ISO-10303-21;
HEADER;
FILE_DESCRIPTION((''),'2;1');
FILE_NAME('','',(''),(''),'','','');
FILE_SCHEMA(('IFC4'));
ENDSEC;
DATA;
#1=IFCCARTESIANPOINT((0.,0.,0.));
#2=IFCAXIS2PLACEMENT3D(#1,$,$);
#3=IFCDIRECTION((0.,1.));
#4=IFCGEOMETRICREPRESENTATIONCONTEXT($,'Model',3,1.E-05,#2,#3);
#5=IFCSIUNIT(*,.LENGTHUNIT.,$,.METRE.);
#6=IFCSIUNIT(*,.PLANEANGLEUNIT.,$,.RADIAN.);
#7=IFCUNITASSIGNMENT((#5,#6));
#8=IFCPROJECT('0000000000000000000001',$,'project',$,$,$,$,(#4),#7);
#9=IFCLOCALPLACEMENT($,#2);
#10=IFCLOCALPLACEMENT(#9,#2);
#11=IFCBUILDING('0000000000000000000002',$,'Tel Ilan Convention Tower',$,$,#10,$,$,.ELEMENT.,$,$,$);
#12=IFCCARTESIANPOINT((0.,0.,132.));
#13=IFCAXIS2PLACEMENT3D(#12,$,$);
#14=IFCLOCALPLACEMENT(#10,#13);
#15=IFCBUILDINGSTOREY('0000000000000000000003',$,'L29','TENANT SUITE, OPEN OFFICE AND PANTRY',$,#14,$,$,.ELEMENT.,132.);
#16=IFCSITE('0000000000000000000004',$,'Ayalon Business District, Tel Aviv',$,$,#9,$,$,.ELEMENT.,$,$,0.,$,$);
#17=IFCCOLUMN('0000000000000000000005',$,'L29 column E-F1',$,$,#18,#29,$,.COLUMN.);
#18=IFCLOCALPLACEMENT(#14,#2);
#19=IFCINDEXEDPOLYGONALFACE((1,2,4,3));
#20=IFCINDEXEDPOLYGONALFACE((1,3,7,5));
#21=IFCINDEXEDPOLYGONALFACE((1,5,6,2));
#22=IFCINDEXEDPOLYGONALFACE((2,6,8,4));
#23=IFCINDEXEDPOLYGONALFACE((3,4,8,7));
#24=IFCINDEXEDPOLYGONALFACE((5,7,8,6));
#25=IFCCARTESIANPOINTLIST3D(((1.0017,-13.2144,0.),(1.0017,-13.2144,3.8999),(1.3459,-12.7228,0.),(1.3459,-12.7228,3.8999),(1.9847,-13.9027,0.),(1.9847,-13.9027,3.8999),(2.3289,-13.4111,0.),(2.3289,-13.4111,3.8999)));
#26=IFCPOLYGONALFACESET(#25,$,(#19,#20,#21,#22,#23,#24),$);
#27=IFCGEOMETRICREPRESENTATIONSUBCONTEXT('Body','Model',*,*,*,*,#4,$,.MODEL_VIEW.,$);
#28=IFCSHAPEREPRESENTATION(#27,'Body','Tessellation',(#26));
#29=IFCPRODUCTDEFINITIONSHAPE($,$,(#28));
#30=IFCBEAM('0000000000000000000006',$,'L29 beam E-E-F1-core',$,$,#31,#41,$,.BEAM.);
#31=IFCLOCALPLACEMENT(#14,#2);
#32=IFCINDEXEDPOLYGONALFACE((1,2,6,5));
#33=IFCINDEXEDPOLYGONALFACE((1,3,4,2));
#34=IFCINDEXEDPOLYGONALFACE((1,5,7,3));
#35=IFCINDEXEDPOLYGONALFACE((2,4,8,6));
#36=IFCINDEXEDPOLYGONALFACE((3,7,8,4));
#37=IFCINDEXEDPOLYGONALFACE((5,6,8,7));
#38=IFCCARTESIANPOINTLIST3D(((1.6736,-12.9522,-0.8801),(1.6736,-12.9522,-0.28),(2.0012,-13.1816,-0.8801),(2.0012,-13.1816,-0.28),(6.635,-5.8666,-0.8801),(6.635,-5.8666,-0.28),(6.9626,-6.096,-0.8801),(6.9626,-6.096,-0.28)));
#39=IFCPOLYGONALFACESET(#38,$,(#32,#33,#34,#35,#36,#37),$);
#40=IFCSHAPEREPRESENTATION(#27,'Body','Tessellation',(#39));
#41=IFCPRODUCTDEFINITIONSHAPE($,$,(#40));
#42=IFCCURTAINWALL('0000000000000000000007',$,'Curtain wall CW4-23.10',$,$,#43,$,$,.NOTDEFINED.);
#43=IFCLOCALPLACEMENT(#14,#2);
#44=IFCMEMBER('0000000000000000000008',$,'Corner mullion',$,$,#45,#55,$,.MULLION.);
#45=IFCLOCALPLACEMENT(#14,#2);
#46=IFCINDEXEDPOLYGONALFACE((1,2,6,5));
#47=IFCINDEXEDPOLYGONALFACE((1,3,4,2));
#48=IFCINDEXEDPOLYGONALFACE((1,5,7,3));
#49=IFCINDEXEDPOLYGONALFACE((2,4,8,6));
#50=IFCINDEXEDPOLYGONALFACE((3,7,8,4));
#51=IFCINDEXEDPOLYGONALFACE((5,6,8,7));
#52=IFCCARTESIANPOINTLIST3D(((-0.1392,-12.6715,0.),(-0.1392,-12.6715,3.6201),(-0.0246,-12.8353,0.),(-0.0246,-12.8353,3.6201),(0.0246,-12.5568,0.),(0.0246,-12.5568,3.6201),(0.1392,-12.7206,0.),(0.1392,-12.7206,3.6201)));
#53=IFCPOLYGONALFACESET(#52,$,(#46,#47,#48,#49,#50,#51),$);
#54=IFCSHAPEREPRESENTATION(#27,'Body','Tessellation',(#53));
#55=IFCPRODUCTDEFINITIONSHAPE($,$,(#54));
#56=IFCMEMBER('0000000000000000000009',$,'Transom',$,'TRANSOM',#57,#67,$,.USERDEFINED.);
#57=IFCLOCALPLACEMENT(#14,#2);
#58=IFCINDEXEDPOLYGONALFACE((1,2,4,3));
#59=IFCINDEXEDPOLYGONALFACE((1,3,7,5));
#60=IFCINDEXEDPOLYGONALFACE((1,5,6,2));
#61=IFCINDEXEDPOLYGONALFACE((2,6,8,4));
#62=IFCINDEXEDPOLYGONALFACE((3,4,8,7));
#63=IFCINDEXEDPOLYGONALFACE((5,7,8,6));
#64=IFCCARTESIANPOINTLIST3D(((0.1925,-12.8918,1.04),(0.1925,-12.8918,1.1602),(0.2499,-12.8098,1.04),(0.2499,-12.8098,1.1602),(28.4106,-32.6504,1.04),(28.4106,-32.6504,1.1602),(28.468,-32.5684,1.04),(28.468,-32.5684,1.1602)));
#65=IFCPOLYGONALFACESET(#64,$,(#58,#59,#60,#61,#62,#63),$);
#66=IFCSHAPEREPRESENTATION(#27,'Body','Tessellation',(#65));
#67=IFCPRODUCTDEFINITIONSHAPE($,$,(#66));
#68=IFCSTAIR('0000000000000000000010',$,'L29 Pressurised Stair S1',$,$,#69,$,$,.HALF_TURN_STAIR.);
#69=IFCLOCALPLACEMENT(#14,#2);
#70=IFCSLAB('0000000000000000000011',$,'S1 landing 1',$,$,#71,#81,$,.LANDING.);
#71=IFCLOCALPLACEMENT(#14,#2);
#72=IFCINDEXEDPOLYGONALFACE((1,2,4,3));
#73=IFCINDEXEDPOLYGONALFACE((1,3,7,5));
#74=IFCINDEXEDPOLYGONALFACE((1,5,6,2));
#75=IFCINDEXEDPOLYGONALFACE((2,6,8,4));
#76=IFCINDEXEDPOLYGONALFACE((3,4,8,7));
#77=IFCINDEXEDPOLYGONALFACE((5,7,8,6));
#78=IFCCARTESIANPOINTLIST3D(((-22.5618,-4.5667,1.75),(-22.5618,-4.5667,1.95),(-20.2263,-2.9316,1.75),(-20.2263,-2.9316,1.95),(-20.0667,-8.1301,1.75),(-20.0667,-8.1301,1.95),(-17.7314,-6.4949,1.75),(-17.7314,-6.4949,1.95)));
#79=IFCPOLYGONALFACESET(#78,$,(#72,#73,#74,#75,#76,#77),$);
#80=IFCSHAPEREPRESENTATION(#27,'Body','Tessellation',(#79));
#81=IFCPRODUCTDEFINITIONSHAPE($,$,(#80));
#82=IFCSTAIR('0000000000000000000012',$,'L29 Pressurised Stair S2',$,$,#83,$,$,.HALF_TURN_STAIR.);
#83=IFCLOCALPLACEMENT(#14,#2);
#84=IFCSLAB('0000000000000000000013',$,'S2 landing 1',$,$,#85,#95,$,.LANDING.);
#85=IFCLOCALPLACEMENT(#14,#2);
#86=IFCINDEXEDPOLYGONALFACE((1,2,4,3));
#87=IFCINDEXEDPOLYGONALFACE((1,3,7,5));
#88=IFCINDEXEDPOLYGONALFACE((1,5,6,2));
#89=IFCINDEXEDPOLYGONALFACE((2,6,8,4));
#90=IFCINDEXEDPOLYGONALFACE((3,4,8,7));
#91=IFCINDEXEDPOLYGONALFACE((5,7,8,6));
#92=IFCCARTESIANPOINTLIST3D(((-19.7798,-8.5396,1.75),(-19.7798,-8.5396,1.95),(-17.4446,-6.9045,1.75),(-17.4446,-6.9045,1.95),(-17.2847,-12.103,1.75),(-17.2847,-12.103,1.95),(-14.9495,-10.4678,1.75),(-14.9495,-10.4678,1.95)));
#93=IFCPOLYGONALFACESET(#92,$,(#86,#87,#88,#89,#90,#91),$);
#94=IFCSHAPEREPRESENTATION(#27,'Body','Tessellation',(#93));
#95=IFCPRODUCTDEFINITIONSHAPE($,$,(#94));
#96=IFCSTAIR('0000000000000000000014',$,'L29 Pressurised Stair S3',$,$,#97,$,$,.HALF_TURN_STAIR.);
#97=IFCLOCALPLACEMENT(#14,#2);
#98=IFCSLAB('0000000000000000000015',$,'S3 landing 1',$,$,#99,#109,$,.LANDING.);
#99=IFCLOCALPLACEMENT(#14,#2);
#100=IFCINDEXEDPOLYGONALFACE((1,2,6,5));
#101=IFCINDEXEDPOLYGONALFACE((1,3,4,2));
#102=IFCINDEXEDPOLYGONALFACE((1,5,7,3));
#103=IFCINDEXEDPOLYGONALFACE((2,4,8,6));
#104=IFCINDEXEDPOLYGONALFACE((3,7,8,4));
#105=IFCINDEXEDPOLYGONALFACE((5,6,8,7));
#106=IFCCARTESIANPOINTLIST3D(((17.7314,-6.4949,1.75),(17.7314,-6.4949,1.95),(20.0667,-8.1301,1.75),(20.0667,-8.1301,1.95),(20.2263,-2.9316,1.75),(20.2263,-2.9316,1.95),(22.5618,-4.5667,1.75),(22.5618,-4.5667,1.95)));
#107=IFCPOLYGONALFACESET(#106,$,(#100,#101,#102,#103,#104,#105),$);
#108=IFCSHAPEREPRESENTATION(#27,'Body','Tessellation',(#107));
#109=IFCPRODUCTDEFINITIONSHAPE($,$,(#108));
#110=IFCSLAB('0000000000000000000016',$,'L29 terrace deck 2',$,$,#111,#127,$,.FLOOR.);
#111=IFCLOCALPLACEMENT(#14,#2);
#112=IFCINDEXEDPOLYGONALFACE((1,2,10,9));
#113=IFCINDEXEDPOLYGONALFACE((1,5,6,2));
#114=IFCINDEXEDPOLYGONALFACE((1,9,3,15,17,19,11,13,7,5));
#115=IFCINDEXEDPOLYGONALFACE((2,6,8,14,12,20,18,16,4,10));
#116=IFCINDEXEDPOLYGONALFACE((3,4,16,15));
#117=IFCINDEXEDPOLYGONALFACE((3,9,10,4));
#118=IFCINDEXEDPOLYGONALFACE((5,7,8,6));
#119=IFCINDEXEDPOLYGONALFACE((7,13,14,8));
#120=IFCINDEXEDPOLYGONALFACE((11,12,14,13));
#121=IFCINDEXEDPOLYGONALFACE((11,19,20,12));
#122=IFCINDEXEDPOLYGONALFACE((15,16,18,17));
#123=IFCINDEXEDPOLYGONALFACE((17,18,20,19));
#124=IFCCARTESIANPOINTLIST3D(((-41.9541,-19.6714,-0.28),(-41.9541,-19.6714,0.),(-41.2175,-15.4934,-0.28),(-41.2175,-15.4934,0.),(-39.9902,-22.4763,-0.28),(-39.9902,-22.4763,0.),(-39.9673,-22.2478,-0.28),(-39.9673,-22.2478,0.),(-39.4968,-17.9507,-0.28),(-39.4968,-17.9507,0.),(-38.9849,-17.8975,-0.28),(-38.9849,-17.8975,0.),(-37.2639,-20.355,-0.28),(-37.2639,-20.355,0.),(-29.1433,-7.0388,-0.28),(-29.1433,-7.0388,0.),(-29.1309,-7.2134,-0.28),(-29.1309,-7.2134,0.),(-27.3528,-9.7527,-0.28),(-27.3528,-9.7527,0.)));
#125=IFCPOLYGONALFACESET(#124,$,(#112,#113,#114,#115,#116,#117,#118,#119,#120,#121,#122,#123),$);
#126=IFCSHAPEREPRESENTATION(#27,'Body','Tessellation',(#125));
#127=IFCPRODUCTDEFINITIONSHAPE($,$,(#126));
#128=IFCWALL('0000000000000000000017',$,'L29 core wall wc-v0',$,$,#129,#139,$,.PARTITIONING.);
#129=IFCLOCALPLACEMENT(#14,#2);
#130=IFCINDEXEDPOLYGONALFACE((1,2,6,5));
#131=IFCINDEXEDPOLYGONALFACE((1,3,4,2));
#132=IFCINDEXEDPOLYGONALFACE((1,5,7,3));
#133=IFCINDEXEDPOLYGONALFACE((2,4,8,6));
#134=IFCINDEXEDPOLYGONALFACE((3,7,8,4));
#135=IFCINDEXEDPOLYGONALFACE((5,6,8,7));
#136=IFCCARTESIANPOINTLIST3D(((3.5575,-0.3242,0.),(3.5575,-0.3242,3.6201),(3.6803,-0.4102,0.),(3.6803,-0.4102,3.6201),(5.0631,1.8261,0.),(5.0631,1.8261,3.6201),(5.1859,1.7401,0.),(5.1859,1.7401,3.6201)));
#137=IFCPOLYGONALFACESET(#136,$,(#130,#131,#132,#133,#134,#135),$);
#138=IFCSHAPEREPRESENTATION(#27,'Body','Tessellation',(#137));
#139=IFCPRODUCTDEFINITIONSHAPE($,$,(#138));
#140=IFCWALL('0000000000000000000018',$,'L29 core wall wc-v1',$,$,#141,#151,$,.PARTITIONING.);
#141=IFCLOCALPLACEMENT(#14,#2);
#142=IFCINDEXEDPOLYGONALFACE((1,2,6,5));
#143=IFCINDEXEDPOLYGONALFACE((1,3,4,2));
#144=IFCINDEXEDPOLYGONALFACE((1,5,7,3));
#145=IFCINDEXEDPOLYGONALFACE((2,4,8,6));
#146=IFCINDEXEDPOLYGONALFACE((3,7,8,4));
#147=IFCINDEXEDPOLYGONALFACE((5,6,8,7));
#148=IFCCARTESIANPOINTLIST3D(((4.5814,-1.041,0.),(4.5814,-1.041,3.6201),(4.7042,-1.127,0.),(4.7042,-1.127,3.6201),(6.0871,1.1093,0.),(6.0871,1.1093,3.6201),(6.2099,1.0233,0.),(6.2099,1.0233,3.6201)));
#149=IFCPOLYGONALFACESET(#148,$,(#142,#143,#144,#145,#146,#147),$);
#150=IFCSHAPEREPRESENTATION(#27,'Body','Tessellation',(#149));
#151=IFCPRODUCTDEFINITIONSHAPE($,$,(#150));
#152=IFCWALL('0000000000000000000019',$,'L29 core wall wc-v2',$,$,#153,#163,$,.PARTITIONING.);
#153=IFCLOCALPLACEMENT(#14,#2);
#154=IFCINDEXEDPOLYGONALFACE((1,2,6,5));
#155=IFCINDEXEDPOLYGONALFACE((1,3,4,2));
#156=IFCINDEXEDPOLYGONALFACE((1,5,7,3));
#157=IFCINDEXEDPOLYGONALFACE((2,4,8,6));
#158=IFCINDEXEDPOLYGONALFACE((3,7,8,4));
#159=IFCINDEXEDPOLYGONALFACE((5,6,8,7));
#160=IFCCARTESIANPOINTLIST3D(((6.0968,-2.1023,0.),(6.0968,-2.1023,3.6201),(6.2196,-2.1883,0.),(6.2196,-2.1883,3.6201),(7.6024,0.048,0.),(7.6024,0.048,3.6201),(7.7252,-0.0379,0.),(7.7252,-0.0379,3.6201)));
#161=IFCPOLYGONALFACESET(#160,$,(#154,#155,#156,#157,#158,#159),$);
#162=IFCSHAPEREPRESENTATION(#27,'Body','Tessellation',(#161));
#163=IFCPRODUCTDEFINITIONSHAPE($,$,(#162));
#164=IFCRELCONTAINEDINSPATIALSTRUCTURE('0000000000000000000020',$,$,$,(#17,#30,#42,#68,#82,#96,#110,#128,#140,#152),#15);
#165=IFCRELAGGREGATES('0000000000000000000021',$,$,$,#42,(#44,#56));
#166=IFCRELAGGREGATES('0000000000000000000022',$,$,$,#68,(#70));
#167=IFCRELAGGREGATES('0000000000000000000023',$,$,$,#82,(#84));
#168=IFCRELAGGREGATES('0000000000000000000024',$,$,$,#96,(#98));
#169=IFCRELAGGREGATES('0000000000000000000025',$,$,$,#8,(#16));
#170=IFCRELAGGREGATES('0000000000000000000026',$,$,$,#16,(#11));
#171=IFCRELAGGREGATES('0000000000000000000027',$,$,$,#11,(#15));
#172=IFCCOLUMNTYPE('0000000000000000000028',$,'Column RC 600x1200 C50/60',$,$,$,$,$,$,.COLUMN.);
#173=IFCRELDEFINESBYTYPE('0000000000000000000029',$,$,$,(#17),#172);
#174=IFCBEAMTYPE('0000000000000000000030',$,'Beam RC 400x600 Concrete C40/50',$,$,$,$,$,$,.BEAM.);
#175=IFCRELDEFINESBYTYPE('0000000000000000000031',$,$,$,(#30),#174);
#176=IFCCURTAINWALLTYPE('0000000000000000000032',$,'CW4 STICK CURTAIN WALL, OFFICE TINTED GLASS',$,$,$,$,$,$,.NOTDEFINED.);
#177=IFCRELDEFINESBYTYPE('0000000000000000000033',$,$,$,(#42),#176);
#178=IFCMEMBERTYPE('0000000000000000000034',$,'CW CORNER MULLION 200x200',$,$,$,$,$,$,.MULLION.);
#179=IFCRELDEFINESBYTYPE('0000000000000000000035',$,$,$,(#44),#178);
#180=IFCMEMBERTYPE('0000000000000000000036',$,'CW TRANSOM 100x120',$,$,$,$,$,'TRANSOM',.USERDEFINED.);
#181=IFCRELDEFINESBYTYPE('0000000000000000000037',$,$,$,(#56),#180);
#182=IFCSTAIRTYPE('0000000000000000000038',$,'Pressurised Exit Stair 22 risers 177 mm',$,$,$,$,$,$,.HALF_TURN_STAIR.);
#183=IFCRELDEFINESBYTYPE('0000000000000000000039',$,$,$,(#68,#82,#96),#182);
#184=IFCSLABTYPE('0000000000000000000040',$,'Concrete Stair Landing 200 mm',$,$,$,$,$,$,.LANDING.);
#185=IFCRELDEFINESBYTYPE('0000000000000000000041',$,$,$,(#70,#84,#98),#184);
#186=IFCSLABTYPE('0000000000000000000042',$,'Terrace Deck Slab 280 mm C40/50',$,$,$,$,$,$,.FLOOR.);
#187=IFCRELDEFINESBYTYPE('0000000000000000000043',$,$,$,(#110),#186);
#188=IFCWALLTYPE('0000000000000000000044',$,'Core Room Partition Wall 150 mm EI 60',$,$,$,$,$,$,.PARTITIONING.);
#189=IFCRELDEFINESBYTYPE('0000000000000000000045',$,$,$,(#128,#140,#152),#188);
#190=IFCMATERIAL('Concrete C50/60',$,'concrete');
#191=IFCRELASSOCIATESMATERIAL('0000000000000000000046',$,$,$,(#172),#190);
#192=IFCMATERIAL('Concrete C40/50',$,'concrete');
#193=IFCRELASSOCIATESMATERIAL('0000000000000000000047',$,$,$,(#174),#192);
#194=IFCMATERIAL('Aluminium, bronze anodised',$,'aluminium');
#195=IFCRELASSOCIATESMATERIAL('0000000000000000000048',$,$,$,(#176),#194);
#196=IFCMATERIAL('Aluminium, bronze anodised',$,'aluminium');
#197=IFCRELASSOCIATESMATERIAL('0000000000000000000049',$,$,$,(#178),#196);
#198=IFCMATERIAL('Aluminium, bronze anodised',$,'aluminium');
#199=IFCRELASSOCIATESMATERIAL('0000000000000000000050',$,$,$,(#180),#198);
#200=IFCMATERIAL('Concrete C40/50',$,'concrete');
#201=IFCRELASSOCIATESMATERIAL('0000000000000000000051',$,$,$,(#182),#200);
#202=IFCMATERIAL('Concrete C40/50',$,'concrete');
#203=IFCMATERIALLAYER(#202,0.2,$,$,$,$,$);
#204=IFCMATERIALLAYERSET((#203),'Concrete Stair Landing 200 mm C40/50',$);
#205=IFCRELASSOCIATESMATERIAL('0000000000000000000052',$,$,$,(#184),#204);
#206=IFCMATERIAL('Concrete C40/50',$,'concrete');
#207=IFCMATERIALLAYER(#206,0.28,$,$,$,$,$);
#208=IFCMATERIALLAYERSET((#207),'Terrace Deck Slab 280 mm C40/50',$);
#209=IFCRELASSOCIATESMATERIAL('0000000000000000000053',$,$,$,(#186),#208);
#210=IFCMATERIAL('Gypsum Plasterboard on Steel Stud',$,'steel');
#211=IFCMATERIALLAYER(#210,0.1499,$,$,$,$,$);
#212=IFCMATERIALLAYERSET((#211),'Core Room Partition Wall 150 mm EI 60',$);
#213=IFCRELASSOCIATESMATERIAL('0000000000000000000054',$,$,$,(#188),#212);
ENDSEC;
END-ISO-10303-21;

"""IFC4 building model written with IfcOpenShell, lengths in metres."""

from ifc_helpers import new_model, si_unit, direction, frame, frame_2d, origin, origin_2d, place, context, subcontext, project, spatial, polyline, rectangle, outline, extrude, material, layer, layer_set, material_profile, profile_set, type_object, element, aggregate, save


model = new_model("IFC4")

# Units and contexts
model_context = context("Model", 3, precision=1e-05, world=origin(), true_north=direction((0.0, 1.0)))
body_context = subcontext(model_context, "Body", "Model", "MODEL_VIEW")
ifc_project = project(units=[si_unit("LENGTHUNIT", "METRE"), si_unit("PLANEANGLEUNIT", "RADIAN")], contexts=[model_context])

# Site, building, storey
site_placement = place(None, origin())
site = spatial("IfcSite", under=ifc_project, at=site_placement, Name="Ayalon Business District, Tel Aviv", CompositionType="ELEMENT", RefElevation=0.0)
building_placement = place(site_placement, origin())
building = spatial("IfcBuilding", under=site, at=building_placement, Name="Tel Ilan Convention Tower", CompositionType="ELEMENT")
storey_placement = place(building_placement, frame((0.0, 0.0, 132.0)))
storey = spatial("IfcBuildingStorey", under=building, at=storey_placement, Name="L29", Description="TENANT SUITE, OPEN OFFICE AND PANTRY", CompositionType="ELEMENT", Elevation=132.0)

# Column
ifc_material_1 = material(Name="Concrete C50/60", Category="concrete")
ifc_material_profile_1 = material_profile(ifc_material_1, rectangle(XDim=1.2, YDim=0.6001, at=origin_2d()), Name="RC 600x1200")
ifc_profile_set_1 = profile_set([ifc_material_profile_1], Name="Concrete C50/60")
column_type = type_object("IfcColumnType", Name="Column RC 600x1200 C50/60", PredefinedType="COLUMN", material=ifc_profile_set_1)
column_placement = place(storey_placement, frame((1.6653, -13.3127, 0.0), z_axis=(0.0, 0.0, 1.0), x_axis=(0.819152, -0.573576, 0.0)))
element("IfcColumn", 1, at=column_placement, inside=storey, type_object=column_type, Name="L29 column E-F1", PredefinedType="COLUMN", context=body_context, shape_type="SweptSolid", body=[
    extrude(rectangle(XDim=1.2, YDim=0.6001, at=origin_2d()), origin(), (0.0, 0.0, 1.0), 3.8999),
])

# Beam
ifc_material_2 = material(Name="Concrete C40/50", Category="concrete")
ifc_material_profile_2 = material_profile(ifc_material_2, rectangle(XDim=0.3999, YDim=0.6001, at=origin_2d()), Name="RC 400x600")
ifc_profile_set_2 = profile_set([ifc_material_profile_2], Name="Concrete C40/50")
beam_type = type_object("IfcBeamType", Name="Beam RC 400x600 Concrete C40/50", PredefinedType="BEAM", material=ifc_profile_set_2)
beam_placement = place(storey_placement, frame((1.8374, -13.0669, -0.5801), z_axis=(0.573574, 0.819154, 0.0), x_axis=(-0.819154, 0.573574, 0.0)))
element("IfcBeam", 2, at=beam_placement, inside=storey, type_object=beam_type, Name="L29 beam E-E-F1-core", PredefinedType="BEAM", context=body_context, shape_type="SweptSolid", body=[
    extrude(rectangle(XDim=0.3999, YDim=0.6001, at=origin_2d()), origin(), (0.0, 0.0, 1.0), 8.6499),
])

# Curtain wall, members
ifc_material_3 = material(Name="Aluminium, bronze anodised", Category="aluminium")
curtain_wall_type = type_object("IfcCurtainWallType", Name="CW4 STICK CURTAIN WALL, OFFICE TINTED GLASS", PredefinedType="NOTDEFINED", material=ifc_material_3)
curtain_wall_placement = place(storey_placement, origin())
curtain_wall = element("IfcCurtainWall", 3, at=curtain_wall_placement, inside=storey, type_object=curtain_wall_type, Name="Curtain wall CW4-23.10", PredefinedType="NOTDEFINED")
ifc_material_4 = material(Name="Aluminium, bronze anodised", Category="aluminium")
ifc_material_profile_3 = material_profile(ifc_material_4, rectangle(XDim=0.2, YDim=0.2, at=origin_2d()), Name="CW CORNER MULLION 200x200")
ifc_profile_set_3 = profile_set([ifc_material_profile_3], Name="Aluminium, bronze anodised")
member_type_1 = type_object("IfcMemberType", Name="CW CORNER MULLION 200x200", PredefinedType="MULLION", material=ifc_profile_set_3)
member_1_placement = place(storey_placement, frame((0.0, -12.696, 0.0), z_axis=(0.0, 0.0, 1.0), x_axis=(0.819152, 0.573576, 0.0)))
member_1 = element("IfcMember", 4, at=member_1_placement, type_object=member_type_1, Name="Corner mullion", PredefinedType="MULLION", context=body_context, shape_type="SweptSolid", body=[
    extrude(rectangle(XDim=0.2, YDim=0.2, at=origin_2d()), origin(), (0.0, 0.0, 1.0), 3.6201),
])
ifc_material_5 = material(Name="Aluminium, bronze anodised", Category="aluminium")
ifc_material_profile_4 = material_profile(ifc_material_5, rectangle(XDim=0.1001, YDim=0.1201, at=origin_2d()), Name="CW TRANSOM 100x120")
ifc_profile_set_4 = profile_set([ifc_material_profile_4], Name="Aluminium, bronze anodised")
member_type_2 = type_object("IfcMemberType", Name="CW TRANSOM 100x120", ElementType="TRANSOM", PredefinedType="USERDEFINED", material=ifc_profile_set_4)
member_2_placement = place(storey_placement, frame((0.2212, -12.8508, 1.1001), z_axis=(0.819151, -0.573578, 0.0), x_axis=(0.573578, 0.819151, 0.0)))
member_2 = element("IfcMember", 5, at=member_2_placement, type_object=member_type_2, Name="Transom", ObjectType="TRANSOM", PredefinedType="USERDEFINED", context=body_context, shape_type="SweptSolid", body=[
    extrude(rectangle(XDim=0.1001, YDim=0.1201, at=origin_2d()), origin(), (0.0, 0.0, 1.0), 34.448),
])
aggregate(curtain_wall, [member_1, member_2])

# Stairs, slabs
ifc_material_6 = material(Name="Concrete C40/50", Category="concrete")
stair_type = type_object("IfcStairType", Name="Pressurised Exit Stair 22 risers 177 mm", PredefinedType="HALF_TURN_STAIR", material=ifc_material_6)
stair_1_placement = place(storey_placement, origin())
stair_1 = element("IfcStair", 6, at=stair_1_placement, inside=storey, type_object=stair_type, Name="L29 Pressurised Stair S1", PredefinedType="HALF_TURN_STAIR")
ifc_material_7 = material(Name="Concrete C40/50", Category="concrete")
ifc_layer_1 = layer(ifc_material_7, 0.2)
ifc_layer_set_1 = layer_set([ifc_layer_1], Name="Concrete Stair Landing 200 mm C40/50")
slab_type_1 = type_object("IfcSlabType", Name="Concrete Stair Landing 200 mm", PredefinedType="LANDING", material=ifc_layer_set_1)
slab_1_placement = place(storey_placement, frame((0.0, 0.0, 1.75)))
slab_1 = element("IfcSlab", 7, at=slab_1_placement, type_object=slab_type_1, Name="S1 landing 1", PredefinedType="LANDING", context=body_context, shape_type="SweptSolid", body=[
    extrude(outline(polyline([(-20.0667, -8.1301), (-17.7314, -6.4949), (-20.2263, -2.9316), (-22.5618, -4.5667), (-20.0667, -8.1301)])), origin(), (0.0, 0.0, 1.0), 0.2),
])
aggregate(stair_1, [slab_1])
stair_2_placement = place(storey_placement, origin())
stair_2 = element("IfcStair", 8, at=stair_2_placement, inside=storey, type_object=stair_type, Name="L29 Pressurised Stair S2", PredefinedType="HALF_TURN_STAIR")
slab_2_placement = place(storey_placement, frame((0.0, 0.0, 1.75)))
slab_2 = element("IfcSlab", 9, at=slab_2_placement, type_object=slab_type_1, Name="S2 landing 1", PredefinedType="LANDING", context=body_context, shape_type="SweptSolid", body=[
    extrude(outline(polyline([(-17.2847, -12.103), (-14.9495, -10.4678), (-17.4446, -6.9045), (-19.7798, -8.5396), (-17.2847, -12.103)])), origin(), (0.0, 0.0, 1.0), 0.2),
])
aggregate(stair_2, [slab_2])
stair_3_placement = place(storey_placement, origin())
stair_3 = element("IfcStair", 10, at=stair_3_placement, inside=storey, type_object=stair_type, Name="L29 Pressurised Stair S3", PredefinedType="HALF_TURN_STAIR")
slab_3_placement = place(storey_placement, frame((0.0, 0.0, 1.75)))
slab_3 = element("IfcSlab", 11, at=slab_3_placement, type_object=slab_type_1, Name="S3 landing 1", PredefinedType="LANDING", context=body_context, shape_type="SweptSolid", body=[
    extrude(outline(polyline([(22.5618, -4.5667), (20.2263, -2.9316), (17.7314, -6.4949), (20.0667, -8.1301), (22.5618, -4.5667)])), origin(), (0.0, 0.0, 1.0), 0.2),
])
aggregate(stair_3, [slab_3])

# Slab
ifc_material_8 = material(Name="Concrete C40/50", Category="concrete")
ifc_layer_2 = layer(ifc_material_8, 0.28)
ifc_layer_set_2 = layer_set([ifc_layer_2], Name="Terrace Deck Slab 280 mm C40/50")
slab_type_2 = type_object("IfcSlabType", Name="Terrace Deck Slab 280 mm C40/50", PredefinedType="FLOOR", material=ifc_layer_set_2)
slab_4_placement = place(storey_placement, frame((0.0, 0.0, -0.28)))
element("IfcSlab", 12, at=slab_4_placement, inside=storey, type_object=slab_type_2, Name="L29 terrace deck 2", PredefinedType="FLOOR", context=body_context, shape_type="SweptSolid", body=[
    extrude(outline(polyline([(-41.2175, -15.4934), (-29.1433, -7.0388), (-29.1309, -7.2134), (-27.3528, -9.7527), (-38.9849, -17.8975), (-37.2639, -20.355), (-39.9673, -22.2478), (-39.9902, -22.4763), (-41.9541, -19.6714), (-39.4968, -17.9507), (-41.2175, -15.4934)])), origin(), (0.0, 0.0, 1.0), 0.28),
])

# Walls
ifc_material_9 = material(Name="Gypsum Plasterboard on Steel Stud", Category="steel")
ifc_layer_3 = layer(ifc_material_9, 0.1499)
ifc_layer_set_3 = layer_set([ifc_layer_3], Name="Core Room Partition Wall 150 mm EI 60")
wall_type_1 = type_object("IfcWallType", Name="Core Room Partition Wall 150 mm EI 60", PredefinedType="PARTITIONING", material=ifc_layer_set_3)
for number, where, z_axis, x_axis, name in (
    (13, (3.6189, -0.3672, 0.0), (0.0, 0.0, 1.0), (0.57355, 0.819171, 0.0), "L29 core wall wc-v0"),
    (14, (4.6428, -1.084, 0.0), (0.0, 0.0, 1.0), (0.573593, 0.81914, 0.0), "L29 core wall wc-v1"),
    (15, (6.1582, -2.1453, 0.0), (0.0, 0.0, 1.0), (0.57355, 0.819171, 0.0), "L29 core wall wc-v2"),
):
    element("IfcWall", number, at=place(storey_placement, frame(where, z_axis=z_axis, x_axis=x_axis)), inside=storey, type_object=wall_type_1, Name=name, PredefinedType="PARTITIONING", context=body_context, shape_type="SweptSolid", body=[
        extrude(rectangle(XDim=2.625, YDim=0.1499, at=frame_2d((1.3125, 0.0))), origin(), (0.0, 0.0, 1.0), 3.6201),
    ])

save(model, "model.ifc")
